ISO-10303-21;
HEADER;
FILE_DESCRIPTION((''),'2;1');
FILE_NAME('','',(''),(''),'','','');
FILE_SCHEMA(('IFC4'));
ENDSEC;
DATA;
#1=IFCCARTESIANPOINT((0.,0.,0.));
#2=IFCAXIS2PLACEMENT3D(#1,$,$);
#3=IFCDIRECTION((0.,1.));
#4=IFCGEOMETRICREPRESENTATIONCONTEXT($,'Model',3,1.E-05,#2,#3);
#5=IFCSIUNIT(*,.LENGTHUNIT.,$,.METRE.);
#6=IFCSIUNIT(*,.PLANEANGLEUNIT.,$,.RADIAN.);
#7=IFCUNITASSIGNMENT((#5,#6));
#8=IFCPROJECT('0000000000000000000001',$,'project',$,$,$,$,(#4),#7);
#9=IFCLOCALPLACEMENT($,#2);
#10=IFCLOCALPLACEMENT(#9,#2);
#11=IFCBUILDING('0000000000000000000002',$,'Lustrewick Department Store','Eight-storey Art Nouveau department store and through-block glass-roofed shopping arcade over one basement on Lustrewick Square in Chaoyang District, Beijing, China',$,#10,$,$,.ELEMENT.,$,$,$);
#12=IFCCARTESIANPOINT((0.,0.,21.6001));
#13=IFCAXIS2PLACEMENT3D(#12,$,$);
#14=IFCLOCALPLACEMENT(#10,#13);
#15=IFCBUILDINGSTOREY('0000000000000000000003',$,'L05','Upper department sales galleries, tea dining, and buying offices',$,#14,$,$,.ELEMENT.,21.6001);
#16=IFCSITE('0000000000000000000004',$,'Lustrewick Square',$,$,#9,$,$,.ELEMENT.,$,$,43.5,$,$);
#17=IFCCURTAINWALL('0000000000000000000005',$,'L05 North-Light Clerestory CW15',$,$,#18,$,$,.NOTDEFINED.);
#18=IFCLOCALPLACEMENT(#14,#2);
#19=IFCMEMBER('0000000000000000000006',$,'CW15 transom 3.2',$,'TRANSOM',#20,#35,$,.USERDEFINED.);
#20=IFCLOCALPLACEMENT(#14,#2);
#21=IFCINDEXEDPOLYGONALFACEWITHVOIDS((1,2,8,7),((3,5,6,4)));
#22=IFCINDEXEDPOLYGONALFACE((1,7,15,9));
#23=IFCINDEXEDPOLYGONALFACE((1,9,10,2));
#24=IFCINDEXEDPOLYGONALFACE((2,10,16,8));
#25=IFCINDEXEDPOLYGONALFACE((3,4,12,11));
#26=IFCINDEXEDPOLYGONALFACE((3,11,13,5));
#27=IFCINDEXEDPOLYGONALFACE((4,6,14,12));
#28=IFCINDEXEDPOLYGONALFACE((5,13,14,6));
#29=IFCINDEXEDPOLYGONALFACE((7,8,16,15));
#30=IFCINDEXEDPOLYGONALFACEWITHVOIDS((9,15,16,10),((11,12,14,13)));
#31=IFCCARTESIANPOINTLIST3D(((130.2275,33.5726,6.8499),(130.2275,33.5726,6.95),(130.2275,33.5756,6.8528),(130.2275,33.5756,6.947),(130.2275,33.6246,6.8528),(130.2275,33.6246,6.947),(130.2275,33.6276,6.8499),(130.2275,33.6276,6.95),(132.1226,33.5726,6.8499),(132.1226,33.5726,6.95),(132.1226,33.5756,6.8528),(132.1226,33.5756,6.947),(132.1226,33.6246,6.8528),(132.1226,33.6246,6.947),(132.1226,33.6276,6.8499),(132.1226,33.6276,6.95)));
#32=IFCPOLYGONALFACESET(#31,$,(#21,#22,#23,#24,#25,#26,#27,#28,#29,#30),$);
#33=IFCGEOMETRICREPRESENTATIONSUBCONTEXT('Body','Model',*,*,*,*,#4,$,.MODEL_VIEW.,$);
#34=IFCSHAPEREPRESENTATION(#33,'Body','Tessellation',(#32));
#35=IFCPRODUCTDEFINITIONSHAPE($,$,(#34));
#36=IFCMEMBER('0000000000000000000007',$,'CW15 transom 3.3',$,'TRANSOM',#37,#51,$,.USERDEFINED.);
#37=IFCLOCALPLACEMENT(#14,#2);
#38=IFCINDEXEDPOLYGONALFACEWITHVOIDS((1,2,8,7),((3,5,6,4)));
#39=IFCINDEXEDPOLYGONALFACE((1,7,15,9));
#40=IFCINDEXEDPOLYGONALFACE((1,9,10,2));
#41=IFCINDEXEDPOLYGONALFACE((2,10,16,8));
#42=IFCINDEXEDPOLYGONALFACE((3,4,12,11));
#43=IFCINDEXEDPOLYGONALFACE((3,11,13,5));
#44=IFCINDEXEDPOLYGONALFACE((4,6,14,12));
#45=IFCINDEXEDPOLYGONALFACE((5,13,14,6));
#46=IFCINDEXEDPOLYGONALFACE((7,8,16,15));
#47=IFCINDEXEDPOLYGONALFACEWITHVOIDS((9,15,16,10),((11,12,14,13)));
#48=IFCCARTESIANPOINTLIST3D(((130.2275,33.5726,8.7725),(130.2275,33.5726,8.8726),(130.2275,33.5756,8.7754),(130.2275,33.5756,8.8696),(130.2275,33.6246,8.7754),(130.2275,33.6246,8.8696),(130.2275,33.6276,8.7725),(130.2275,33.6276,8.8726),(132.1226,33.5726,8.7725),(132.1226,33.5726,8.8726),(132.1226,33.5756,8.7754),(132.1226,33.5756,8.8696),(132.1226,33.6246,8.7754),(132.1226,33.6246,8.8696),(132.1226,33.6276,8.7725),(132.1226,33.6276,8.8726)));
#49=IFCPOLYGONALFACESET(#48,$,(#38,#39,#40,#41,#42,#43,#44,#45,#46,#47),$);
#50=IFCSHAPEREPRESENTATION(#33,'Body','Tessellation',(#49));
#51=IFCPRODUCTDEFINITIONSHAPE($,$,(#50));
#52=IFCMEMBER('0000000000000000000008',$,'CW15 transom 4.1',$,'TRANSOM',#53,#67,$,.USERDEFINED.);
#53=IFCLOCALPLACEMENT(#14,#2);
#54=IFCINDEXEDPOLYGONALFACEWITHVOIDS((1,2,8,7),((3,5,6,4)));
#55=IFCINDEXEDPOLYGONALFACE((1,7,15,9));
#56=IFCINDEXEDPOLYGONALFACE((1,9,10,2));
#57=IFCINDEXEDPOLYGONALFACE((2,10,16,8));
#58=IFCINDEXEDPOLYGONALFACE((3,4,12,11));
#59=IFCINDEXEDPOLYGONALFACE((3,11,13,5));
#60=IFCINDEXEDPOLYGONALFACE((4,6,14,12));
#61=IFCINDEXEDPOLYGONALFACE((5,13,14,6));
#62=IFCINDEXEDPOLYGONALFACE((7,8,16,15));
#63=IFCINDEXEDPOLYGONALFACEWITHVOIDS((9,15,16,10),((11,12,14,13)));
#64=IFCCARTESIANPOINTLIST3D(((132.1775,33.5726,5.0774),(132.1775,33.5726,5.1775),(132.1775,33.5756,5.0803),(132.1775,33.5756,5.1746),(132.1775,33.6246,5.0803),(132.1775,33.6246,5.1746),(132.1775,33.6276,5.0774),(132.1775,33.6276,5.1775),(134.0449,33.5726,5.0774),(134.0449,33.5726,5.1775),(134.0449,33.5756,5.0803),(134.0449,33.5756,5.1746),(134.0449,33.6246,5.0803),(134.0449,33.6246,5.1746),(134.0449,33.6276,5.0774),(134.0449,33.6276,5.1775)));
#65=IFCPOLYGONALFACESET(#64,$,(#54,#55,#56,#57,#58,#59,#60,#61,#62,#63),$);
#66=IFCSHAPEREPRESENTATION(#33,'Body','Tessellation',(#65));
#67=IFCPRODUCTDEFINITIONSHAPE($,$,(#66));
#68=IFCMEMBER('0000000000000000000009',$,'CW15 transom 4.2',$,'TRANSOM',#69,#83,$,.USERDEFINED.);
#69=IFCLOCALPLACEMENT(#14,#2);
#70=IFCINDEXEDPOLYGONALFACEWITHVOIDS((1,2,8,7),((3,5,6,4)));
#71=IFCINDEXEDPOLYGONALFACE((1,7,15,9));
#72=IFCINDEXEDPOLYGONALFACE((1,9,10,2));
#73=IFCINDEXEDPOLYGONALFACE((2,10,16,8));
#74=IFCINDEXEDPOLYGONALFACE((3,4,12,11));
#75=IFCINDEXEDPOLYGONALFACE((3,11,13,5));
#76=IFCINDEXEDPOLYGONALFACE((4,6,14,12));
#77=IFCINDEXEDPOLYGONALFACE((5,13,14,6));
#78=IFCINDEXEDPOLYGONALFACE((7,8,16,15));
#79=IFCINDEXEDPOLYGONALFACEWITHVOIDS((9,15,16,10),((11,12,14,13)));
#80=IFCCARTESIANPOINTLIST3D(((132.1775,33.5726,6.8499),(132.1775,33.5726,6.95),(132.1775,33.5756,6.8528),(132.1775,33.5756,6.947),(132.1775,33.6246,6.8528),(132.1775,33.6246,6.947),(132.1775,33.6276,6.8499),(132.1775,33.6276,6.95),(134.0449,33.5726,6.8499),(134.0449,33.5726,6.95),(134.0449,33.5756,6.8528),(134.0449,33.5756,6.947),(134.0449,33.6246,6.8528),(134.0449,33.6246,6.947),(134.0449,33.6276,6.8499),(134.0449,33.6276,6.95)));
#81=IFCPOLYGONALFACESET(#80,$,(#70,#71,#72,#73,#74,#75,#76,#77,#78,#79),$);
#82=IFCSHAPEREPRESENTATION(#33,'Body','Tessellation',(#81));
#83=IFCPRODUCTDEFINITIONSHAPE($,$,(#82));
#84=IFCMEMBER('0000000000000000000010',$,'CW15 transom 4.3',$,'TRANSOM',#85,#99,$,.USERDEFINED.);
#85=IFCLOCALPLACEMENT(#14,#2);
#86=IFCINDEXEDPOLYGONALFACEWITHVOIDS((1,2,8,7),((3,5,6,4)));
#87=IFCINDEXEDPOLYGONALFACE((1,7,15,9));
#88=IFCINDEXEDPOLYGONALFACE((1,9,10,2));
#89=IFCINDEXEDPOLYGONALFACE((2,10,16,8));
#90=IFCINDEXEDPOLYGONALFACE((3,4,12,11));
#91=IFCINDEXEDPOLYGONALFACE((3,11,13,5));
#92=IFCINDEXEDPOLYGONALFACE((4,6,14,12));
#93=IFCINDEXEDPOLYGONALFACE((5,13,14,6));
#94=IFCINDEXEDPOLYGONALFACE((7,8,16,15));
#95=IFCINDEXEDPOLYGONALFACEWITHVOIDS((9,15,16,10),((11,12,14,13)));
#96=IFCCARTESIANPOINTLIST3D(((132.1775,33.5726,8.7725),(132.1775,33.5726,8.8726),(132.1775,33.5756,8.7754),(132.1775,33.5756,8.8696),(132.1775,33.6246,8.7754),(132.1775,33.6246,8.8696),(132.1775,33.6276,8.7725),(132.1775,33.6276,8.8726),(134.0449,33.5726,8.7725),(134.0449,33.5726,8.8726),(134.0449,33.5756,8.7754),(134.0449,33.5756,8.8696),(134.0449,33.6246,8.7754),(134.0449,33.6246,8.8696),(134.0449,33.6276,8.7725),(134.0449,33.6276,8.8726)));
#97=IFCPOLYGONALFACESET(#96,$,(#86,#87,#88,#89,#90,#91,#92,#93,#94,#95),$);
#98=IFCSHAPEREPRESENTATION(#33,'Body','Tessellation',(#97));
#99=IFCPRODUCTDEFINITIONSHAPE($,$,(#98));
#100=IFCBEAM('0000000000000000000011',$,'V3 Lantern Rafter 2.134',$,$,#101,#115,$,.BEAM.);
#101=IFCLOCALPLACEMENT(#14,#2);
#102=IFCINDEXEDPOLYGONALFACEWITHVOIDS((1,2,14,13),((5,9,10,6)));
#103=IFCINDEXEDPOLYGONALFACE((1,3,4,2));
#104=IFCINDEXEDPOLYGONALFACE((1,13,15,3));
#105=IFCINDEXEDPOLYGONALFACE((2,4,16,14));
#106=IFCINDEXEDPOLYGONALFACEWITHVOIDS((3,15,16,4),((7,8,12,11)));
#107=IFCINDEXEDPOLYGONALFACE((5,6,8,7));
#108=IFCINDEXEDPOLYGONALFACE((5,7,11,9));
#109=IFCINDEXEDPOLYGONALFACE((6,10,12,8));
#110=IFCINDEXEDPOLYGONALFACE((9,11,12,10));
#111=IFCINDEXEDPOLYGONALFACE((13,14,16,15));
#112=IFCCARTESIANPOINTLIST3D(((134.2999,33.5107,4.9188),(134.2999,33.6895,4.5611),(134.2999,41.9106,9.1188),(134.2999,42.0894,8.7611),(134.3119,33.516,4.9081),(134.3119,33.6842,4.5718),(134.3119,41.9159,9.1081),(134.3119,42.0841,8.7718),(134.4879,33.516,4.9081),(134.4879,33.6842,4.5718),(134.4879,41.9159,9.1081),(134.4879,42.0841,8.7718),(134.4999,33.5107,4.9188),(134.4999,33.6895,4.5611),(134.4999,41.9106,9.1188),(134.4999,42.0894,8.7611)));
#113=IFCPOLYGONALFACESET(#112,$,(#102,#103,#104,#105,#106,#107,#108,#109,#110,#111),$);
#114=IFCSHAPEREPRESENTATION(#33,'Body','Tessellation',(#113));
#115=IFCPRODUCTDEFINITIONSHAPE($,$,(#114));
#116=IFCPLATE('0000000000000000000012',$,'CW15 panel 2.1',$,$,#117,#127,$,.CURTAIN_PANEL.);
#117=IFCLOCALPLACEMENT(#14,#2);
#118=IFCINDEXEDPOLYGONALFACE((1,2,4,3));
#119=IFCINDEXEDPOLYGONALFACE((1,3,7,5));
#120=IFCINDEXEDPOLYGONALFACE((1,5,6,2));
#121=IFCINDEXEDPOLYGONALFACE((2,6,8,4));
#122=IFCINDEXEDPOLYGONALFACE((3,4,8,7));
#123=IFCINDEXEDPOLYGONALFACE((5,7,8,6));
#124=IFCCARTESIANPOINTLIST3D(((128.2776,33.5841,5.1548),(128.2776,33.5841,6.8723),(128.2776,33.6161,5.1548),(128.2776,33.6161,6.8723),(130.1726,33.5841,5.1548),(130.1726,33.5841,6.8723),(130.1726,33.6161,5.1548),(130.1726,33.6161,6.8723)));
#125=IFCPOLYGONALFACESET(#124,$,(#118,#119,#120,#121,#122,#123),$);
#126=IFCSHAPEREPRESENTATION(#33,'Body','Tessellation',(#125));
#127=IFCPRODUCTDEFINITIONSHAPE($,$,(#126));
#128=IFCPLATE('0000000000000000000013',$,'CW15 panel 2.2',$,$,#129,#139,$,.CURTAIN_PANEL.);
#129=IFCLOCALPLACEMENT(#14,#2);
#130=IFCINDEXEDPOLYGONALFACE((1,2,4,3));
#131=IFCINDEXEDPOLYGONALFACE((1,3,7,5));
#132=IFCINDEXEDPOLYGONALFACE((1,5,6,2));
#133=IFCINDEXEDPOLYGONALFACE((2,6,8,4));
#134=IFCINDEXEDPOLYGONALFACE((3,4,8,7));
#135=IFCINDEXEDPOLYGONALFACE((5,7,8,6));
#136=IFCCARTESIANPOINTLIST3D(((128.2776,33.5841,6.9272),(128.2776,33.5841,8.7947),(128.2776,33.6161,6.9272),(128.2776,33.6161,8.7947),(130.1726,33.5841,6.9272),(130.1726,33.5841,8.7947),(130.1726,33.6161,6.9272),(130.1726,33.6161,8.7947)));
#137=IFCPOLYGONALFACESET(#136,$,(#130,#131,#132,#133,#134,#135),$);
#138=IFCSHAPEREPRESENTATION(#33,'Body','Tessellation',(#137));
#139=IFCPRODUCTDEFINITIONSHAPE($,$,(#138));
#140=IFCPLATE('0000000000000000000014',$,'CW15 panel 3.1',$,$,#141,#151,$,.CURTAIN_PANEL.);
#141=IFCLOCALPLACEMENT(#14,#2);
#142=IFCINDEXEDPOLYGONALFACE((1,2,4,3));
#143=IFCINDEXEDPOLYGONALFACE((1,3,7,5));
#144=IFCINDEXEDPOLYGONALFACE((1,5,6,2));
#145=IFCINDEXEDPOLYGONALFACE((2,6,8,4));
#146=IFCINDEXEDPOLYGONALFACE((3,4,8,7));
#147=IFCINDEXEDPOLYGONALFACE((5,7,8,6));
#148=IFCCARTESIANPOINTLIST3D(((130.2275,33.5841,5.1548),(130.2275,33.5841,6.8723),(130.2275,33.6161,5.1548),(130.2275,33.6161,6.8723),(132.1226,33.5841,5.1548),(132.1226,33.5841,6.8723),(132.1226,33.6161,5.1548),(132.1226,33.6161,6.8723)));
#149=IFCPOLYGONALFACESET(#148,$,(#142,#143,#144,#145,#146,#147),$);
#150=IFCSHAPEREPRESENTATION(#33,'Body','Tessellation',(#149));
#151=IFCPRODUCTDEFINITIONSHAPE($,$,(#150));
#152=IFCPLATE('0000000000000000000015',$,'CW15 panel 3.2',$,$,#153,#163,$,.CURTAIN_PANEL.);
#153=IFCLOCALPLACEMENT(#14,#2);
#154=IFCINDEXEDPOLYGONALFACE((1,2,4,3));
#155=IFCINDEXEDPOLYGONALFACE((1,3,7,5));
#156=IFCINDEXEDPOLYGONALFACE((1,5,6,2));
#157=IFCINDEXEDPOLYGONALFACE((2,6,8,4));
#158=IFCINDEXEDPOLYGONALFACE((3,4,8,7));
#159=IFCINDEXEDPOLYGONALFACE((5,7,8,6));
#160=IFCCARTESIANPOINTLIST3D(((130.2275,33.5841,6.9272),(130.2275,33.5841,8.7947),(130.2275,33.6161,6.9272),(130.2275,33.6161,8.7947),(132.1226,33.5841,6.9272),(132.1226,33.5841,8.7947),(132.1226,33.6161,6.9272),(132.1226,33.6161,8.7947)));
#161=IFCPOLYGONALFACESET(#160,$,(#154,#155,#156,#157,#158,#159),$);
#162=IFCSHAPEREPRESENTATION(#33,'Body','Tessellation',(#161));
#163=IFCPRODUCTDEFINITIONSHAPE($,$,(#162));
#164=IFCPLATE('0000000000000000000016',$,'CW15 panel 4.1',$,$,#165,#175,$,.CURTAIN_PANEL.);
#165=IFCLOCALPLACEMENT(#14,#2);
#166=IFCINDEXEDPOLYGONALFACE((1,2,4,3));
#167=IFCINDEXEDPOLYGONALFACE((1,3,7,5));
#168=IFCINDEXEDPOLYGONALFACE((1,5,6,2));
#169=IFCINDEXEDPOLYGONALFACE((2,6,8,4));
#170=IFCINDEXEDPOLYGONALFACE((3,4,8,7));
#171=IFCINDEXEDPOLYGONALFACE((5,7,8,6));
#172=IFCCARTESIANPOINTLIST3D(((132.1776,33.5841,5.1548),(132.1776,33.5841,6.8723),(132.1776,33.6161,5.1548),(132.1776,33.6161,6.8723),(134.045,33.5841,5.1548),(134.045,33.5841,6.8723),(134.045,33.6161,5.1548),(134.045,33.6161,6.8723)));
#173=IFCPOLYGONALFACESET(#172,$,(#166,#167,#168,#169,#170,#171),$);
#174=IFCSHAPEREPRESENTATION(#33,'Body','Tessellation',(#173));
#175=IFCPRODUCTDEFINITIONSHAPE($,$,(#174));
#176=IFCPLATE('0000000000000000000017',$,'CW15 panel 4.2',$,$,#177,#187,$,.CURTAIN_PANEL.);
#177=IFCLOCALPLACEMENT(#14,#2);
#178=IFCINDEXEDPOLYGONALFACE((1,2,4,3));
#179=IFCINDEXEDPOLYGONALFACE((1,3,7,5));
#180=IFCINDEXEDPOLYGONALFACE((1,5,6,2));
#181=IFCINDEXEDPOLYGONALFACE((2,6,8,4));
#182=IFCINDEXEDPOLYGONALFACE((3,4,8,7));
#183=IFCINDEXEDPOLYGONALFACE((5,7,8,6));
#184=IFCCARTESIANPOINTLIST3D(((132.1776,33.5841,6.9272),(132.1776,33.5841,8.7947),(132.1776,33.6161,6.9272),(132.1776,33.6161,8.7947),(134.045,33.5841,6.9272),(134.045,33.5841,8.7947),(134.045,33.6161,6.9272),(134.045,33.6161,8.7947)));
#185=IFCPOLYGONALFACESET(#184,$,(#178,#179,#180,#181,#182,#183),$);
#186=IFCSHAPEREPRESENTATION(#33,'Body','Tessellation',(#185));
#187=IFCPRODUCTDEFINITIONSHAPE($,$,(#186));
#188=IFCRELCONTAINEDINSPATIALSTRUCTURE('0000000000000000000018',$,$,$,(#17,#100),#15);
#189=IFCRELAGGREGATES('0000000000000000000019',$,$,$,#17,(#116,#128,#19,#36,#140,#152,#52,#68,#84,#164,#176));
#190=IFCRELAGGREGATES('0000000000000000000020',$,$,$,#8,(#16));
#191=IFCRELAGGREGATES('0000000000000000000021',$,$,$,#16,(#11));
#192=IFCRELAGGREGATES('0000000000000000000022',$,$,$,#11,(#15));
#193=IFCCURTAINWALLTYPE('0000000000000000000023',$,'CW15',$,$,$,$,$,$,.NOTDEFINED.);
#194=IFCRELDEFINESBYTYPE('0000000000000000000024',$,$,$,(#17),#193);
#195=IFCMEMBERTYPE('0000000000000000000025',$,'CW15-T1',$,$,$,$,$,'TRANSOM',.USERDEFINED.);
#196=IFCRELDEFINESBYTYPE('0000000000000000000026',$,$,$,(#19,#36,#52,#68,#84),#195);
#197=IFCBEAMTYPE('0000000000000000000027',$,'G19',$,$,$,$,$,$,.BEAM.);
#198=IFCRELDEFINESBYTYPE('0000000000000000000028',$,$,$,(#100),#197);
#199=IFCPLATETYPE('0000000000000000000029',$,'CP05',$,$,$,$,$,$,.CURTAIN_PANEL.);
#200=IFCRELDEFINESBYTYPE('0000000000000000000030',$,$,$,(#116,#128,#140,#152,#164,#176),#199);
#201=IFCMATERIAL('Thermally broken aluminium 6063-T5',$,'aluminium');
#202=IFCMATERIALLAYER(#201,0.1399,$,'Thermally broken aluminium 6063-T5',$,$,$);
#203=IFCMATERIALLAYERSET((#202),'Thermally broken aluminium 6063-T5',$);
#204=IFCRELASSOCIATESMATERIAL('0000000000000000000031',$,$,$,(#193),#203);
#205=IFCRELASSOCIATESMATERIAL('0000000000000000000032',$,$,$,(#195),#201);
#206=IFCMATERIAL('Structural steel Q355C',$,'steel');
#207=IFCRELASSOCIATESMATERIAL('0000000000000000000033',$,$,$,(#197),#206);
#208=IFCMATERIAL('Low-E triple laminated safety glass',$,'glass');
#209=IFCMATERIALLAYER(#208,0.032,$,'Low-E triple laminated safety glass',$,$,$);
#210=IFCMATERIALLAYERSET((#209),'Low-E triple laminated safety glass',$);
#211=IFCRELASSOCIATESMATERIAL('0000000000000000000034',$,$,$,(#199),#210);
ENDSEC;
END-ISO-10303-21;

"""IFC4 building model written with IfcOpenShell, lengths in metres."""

from ifc_helpers import new_model, si_unit, direction, frame, origin, origin_2d, place, context, subcontext, project, spatial, rectangle, hollow_rectangle, extrude, material, layer, layer_set, material_profile, profile_set, type_object, element, aggregate, save


model = new_model("IFC4")

# Units and contexts
model_context = context("Model", 3, precision=1e-05, world=origin(), true_north=direction((0.0, 1.0)))
body_context = subcontext(model_context, "Body", "Model", "MODEL_VIEW")
ifc_project = project(units=[si_unit("LENGTHUNIT", "METRE"), si_unit("PLANEANGLEUNIT", "RADIAN")], contexts=[model_context])

# Site, building, storey
site_placement = place(None, origin())
site = spatial("IfcSite", under=ifc_project, at=site_placement, Name="Lustrewick Square", CompositionType="ELEMENT", RefElevation=43.5)
building_placement = place(site_placement, origin())
building = spatial("IfcBuilding", under=site, at=building_placement, Name="Lustrewick Department Store", Description="Eight-storey Art Nouveau department store and through-block glass-roofed shopping arcade over one basement on Lustrewick Square in Chaoyang District, Beijing, China", CompositionType="ELEMENT")
storey_placement = place(building_placement, frame((0.0, 0.0, 21.6001)))
storey = spatial("IfcBuildingStorey", under=building, at=storey_placement, Name="L05", Description="Upper department sales galleries, tea dining, and buying offices", CompositionType="ELEMENT", Elevation=21.6001)

# Curtain wall, members
ifc_material_1 = material(Name="Thermally broken aluminium 6063-T5", Category="aluminium")
ifc_layer_1 = layer(ifc_material_1, 0.1399, Name="Thermally broken aluminium 6063-T5")
ifc_layer_set_1 = layer_set([ifc_layer_1], Name="Thermally broken aluminium 6063-T5")
curtain_wall_type = type_object("IfcCurtainWallType", Name="CW15", PredefinedType="NOTDEFINED", material=ifc_layer_set_1)
curtain_wall_placement = place(storey_placement, origin())
curtain_wall = element("IfcCurtainWall", 1, at=curtain_wall_placement, inside=storey, type_object=curtain_wall_type, Name="L05 North-Light Clerestory CW15", PredefinedType="NOTDEFINED")
ifc_material_profile_1 = material_profile(ifc_material_1, hollow_rectangle(XDim=0.0549, YDim=0.1001, WallThickness=0.0029, at=origin_2d()), Name="ALU-T 55x100x3")
ifc_profile_set_1 = profile_set([ifc_material_profile_1], Name="Thermally broken aluminium 6063-T5")
member_type_1 = type_object("IfcMemberType", Name="CW15-T1", ElementType="TRANSOM", PredefinedType="USERDEFINED", material=ifc_profile_set_1)
member_1_placement = place(storey_placement, frame((130.2275, 33.6001, 6.8999), z_axis=(1.0, 0.0, 0.0), x_axis=(0.0, 1.0, 0.0)))
member_1 = element("IfcMember", 2, at=member_1_placement, type_object=member_type_1, Name="CW15 transom 3.2", ObjectType="TRANSOM", PredefinedType="USERDEFINED", context=body_context, shape_type="SweptSolid", body=[
    extrude(hollow_rectangle(XDim=0.0549, YDim=0.1001, WallThickness=0.0029, at=origin_2d()), origin(), (0.0, 0.0, 1.0), 1.895),
])
member_2_placement = place(storey_placement, frame((130.2275, 33.6001, 8.8225), z_axis=(1.0, 0.0, 0.0), x_axis=(0.0, 1.0, 0.0)))
member_2 = element("IfcMember", 3, at=member_2_placement, type_object=member_type_1, Name="CW15 transom 3.3", ObjectType="TRANSOM", PredefinedType="USERDEFINED", context=body_context, shape_type="SweptSolid", body=[
    extrude(hollow_rectangle(XDim=0.0549, YDim=0.1001, WallThickness=0.0029, at=origin_2d()), origin(), (0.0, 0.0, 1.0), 1.895),
])
member_3_placement = place(storey_placement, frame((132.1775, 33.6001, 5.1274), z_axis=(1.0, 0.0, 0.0), x_axis=(0.0, 1.0, 0.0)))
member_3 = element("IfcMember", 4, at=member_3_placement, type_object=member_type_1, Name="CW15 transom 4.1", ObjectType="TRANSOM", PredefinedType="USERDEFINED", context=body_context, shape_type="SweptSolid", body=[
    extrude(hollow_rectangle(XDim=0.0549, YDim=0.1001, WallThickness=0.0029, at=origin_2d()), origin(), (0.0, 0.0, 1.0), 1.8674),
])
member_4_placement = place(storey_placement, frame((132.1775, 33.6001, 6.8999), z_axis=(1.0, 0.0, 0.0), x_axis=(0.0, 1.0, 0.0)))
member_4 = element("IfcMember", 5, at=member_4_placement, type_object=member_type_1, Name="CW15 transom 4.2", ObjectType="TRANSOM", PredefinedType="USERDEFINED", context=body_context, shape_type="SweptSolid", body=[
    extrude(hollow_rectangle(XDim=0.0549, YDim=0.1001, WallThickness=0.0029, at=origin_2d()), origin(), (0.0, 0.0, 1.0), 1.8674),
])
member_5_placement = place(storey_placement, frame((132.1775, 33.6001, 8.8225), z_axis=(1.0, 0.0, 0.0), x_axis=(0.0, 1.0, 0.0)))
member_5 = element("IfcMember", 6, at=member_5_placement, type_object=member_type_1, Name="CW15 transom 4.3", ObjectType="TRANSOM", PredefinedType="USERDEFINED", context=body_context, shape_type="SweptSolid", body=[
    extrude(hollow_rectangle(XDim=0.0549, YDim=0.1001, WallThickness=0.0029, at=origin_2d()), origin(), (0.0, 0.0, 1.0), 1.8674),
])

# Beam
ifc_material_2 = material(Name="Structural steel Q355C", Category="steel")
ifc_material_profile_2 = material_profile(ifc_material_2, hollow_rectangle(XDim=0.2, YDim=0.3999, WallThickness=0.012, at=origin_2d()), Name="RHS 400x200x12")
ifc_profile_set_2 = profile_set([ifc_material_profile_2], Name="Structural steel Q355C")
beam_type = type_object("IfcBeamType", Name="G19", PredefinedType="BEAM", material=ifc_profile_set_2)
beam_placement = place(storey_placement, frame((134.3999, 33.6001, 4.74), z_axis=(0.0, 0.894427, 0.447214), x_axis=(-1.0, 0.0, 0.0)))
element("IfcBeam", 7, at=beam_placement, inside=storey, type_object=beam_type, Name="V3 Lantern Rafter 2.134", PredefinedType="BEAM", context=body_context, shape_type="SweptSolid", body=[
    extrude(hollow_rectangle(XDim=0.2, YDim=0.3999, WallThickness=0.012, at=origin_2d()), origin(), (0.0, 0.0, 1.0), 9.3914),
])

# Plates
ifc_material_3 = material(Name="Low-E triple laminated safety glass", Category="glass")
ifc_layer_2 = layer(ifc_material_3, 0.032, Name="Low-E triple laminated safety glass")
ifc_layer_set_2 = layer_set([ifc_layer_2], Name="Low-E triple laminated safety glass")
plate_type = type_object("IfcPlateType", Name="CP05", PredefinedType="CURTAIN_PANEL", material=ifc_layer_set_2)
plate_1_placement = place(storey_placement, frame((129.2251, 33.6001, 5.1548), z_axis=(0.0, 0.0, 1.0), x_axis=(1.0, 0.0, 0.0)))
plate_1 = element("IfcPlate", 8, at=plate_1_placement, type_object=plate_type, Name="CW15 panel 2.1", PredefinedType="CURTAIN_PANEL", context=body_context, shape_type="SweptSolid", body=[
    extrude(rectangle(XDim=1.895, YDim=0.032, at=origin_2d()), origin(), (0.0, 0.0, 1.0), 1.7175),
])
plate_2_placement = place(storey_placement, frame((129.2251, 33.6001, 6.9272), z_axis=(0.0, 0.0, 1.0), x_axis=(1.0, 0.0, 0.0)))
plate_2 = element("IfcPlate", 9, at=plate_2_placement, type_object=plate_type, Name="CW15 panel 2.2", PredefinedType="CURTAIN_PANEL", context=body_context, shape_type="SweptSolid", body=[
    extrude(rectangle(XDim=1.895, YDim=0.032, at=origin_2d()), origin(), (0.0, 0.0, 1.0), 1.8674),
])
plate_3_placement = place(storey_placement, frame((131.175, 33.6001, 5.1548), z_axis=(0.0, 0.0, 1.0), x_axis=(1.0, 0.0, 0.0)))
plate_3 = element("IfcPlate", 10, at=plate_3_placement, type_object=plate_type, Name="CW15 panel 3.1", PredefinedType="CURTAIN_PANEL", context=body_context, shape_type="SweptSolid", body=[
    extrude(rectangle(XDim=1.895, YDim=0.032, at=origin_2d()), origin(), (0.0, 0.0, 1.0), 1.7175),
])
plate_4_placement = place(storey_placement, frame((131.175, 33.6001, 6.9272), z_axis=(0.0, 0.0, 1.0), x_axis=(1.0, 0.0, 0.0)))
plate_4 = element("IfcPlate", 11, at=plate_4_placement, type_object=plate_type, Name="CW15 panel 3.2", PredefinedType="CURTAIN_PANEL", context=body_context, shape_type="SweptSolid", body=[
    extrude(rectangle(XDim=1.895, YDim=0.032, at=origin_2d()), origin(), (0.0, 0.0, 1.0), 1.8674),
])
plate_5_placement = place(storey_placement, frame((133.1113, 33.6001, 5.1548), z_axis=(0.0, 0.0, 1.0), x_axis=(1.0, 0.0, 0.0)))
plate_5 = element("IfcPlate", 12, at=plate_5_placement, type_object=plate_type, Name="CW15 panel 4.1", PredefinedType="CURTAIN_PANEL", context=body_context, shape_type="SweptSolid", body=[
    extrude(rectangle(XDim=1.8674, YDim=0.032, at=origin_2d()), origin(), (0.0, 0.0, 1.0), 1.7175),
])
plate_6_placement = place(storey_placement, frame((133.1113, 33.6001, 6.9272), z_axis=(0.0, 0.0, 1.0), x_axis=(1.0, 0.0, 0.0)))
plate_6 = element("IfcPlate", 13, at=plate_6_placement, type_object=plate_type, Name="CW15 panel 4.2", PredefinedType="CURTAIN_PANEL", context=body_context, shape_type="SweptSolid", body=[
    extrude(rectangle(XDim=1.8674, YDim=0.032, at=origin_2d()), origin(), (0.0, 0.0, 1.0), 1.8674),
])
aggregate(curtain_wall, [plate_1, plate_2, member_1, member_2, plate_3, plate_4, member_3, member_4, member_5, plate_5, plate_6])

save(model, "model.ifc")
